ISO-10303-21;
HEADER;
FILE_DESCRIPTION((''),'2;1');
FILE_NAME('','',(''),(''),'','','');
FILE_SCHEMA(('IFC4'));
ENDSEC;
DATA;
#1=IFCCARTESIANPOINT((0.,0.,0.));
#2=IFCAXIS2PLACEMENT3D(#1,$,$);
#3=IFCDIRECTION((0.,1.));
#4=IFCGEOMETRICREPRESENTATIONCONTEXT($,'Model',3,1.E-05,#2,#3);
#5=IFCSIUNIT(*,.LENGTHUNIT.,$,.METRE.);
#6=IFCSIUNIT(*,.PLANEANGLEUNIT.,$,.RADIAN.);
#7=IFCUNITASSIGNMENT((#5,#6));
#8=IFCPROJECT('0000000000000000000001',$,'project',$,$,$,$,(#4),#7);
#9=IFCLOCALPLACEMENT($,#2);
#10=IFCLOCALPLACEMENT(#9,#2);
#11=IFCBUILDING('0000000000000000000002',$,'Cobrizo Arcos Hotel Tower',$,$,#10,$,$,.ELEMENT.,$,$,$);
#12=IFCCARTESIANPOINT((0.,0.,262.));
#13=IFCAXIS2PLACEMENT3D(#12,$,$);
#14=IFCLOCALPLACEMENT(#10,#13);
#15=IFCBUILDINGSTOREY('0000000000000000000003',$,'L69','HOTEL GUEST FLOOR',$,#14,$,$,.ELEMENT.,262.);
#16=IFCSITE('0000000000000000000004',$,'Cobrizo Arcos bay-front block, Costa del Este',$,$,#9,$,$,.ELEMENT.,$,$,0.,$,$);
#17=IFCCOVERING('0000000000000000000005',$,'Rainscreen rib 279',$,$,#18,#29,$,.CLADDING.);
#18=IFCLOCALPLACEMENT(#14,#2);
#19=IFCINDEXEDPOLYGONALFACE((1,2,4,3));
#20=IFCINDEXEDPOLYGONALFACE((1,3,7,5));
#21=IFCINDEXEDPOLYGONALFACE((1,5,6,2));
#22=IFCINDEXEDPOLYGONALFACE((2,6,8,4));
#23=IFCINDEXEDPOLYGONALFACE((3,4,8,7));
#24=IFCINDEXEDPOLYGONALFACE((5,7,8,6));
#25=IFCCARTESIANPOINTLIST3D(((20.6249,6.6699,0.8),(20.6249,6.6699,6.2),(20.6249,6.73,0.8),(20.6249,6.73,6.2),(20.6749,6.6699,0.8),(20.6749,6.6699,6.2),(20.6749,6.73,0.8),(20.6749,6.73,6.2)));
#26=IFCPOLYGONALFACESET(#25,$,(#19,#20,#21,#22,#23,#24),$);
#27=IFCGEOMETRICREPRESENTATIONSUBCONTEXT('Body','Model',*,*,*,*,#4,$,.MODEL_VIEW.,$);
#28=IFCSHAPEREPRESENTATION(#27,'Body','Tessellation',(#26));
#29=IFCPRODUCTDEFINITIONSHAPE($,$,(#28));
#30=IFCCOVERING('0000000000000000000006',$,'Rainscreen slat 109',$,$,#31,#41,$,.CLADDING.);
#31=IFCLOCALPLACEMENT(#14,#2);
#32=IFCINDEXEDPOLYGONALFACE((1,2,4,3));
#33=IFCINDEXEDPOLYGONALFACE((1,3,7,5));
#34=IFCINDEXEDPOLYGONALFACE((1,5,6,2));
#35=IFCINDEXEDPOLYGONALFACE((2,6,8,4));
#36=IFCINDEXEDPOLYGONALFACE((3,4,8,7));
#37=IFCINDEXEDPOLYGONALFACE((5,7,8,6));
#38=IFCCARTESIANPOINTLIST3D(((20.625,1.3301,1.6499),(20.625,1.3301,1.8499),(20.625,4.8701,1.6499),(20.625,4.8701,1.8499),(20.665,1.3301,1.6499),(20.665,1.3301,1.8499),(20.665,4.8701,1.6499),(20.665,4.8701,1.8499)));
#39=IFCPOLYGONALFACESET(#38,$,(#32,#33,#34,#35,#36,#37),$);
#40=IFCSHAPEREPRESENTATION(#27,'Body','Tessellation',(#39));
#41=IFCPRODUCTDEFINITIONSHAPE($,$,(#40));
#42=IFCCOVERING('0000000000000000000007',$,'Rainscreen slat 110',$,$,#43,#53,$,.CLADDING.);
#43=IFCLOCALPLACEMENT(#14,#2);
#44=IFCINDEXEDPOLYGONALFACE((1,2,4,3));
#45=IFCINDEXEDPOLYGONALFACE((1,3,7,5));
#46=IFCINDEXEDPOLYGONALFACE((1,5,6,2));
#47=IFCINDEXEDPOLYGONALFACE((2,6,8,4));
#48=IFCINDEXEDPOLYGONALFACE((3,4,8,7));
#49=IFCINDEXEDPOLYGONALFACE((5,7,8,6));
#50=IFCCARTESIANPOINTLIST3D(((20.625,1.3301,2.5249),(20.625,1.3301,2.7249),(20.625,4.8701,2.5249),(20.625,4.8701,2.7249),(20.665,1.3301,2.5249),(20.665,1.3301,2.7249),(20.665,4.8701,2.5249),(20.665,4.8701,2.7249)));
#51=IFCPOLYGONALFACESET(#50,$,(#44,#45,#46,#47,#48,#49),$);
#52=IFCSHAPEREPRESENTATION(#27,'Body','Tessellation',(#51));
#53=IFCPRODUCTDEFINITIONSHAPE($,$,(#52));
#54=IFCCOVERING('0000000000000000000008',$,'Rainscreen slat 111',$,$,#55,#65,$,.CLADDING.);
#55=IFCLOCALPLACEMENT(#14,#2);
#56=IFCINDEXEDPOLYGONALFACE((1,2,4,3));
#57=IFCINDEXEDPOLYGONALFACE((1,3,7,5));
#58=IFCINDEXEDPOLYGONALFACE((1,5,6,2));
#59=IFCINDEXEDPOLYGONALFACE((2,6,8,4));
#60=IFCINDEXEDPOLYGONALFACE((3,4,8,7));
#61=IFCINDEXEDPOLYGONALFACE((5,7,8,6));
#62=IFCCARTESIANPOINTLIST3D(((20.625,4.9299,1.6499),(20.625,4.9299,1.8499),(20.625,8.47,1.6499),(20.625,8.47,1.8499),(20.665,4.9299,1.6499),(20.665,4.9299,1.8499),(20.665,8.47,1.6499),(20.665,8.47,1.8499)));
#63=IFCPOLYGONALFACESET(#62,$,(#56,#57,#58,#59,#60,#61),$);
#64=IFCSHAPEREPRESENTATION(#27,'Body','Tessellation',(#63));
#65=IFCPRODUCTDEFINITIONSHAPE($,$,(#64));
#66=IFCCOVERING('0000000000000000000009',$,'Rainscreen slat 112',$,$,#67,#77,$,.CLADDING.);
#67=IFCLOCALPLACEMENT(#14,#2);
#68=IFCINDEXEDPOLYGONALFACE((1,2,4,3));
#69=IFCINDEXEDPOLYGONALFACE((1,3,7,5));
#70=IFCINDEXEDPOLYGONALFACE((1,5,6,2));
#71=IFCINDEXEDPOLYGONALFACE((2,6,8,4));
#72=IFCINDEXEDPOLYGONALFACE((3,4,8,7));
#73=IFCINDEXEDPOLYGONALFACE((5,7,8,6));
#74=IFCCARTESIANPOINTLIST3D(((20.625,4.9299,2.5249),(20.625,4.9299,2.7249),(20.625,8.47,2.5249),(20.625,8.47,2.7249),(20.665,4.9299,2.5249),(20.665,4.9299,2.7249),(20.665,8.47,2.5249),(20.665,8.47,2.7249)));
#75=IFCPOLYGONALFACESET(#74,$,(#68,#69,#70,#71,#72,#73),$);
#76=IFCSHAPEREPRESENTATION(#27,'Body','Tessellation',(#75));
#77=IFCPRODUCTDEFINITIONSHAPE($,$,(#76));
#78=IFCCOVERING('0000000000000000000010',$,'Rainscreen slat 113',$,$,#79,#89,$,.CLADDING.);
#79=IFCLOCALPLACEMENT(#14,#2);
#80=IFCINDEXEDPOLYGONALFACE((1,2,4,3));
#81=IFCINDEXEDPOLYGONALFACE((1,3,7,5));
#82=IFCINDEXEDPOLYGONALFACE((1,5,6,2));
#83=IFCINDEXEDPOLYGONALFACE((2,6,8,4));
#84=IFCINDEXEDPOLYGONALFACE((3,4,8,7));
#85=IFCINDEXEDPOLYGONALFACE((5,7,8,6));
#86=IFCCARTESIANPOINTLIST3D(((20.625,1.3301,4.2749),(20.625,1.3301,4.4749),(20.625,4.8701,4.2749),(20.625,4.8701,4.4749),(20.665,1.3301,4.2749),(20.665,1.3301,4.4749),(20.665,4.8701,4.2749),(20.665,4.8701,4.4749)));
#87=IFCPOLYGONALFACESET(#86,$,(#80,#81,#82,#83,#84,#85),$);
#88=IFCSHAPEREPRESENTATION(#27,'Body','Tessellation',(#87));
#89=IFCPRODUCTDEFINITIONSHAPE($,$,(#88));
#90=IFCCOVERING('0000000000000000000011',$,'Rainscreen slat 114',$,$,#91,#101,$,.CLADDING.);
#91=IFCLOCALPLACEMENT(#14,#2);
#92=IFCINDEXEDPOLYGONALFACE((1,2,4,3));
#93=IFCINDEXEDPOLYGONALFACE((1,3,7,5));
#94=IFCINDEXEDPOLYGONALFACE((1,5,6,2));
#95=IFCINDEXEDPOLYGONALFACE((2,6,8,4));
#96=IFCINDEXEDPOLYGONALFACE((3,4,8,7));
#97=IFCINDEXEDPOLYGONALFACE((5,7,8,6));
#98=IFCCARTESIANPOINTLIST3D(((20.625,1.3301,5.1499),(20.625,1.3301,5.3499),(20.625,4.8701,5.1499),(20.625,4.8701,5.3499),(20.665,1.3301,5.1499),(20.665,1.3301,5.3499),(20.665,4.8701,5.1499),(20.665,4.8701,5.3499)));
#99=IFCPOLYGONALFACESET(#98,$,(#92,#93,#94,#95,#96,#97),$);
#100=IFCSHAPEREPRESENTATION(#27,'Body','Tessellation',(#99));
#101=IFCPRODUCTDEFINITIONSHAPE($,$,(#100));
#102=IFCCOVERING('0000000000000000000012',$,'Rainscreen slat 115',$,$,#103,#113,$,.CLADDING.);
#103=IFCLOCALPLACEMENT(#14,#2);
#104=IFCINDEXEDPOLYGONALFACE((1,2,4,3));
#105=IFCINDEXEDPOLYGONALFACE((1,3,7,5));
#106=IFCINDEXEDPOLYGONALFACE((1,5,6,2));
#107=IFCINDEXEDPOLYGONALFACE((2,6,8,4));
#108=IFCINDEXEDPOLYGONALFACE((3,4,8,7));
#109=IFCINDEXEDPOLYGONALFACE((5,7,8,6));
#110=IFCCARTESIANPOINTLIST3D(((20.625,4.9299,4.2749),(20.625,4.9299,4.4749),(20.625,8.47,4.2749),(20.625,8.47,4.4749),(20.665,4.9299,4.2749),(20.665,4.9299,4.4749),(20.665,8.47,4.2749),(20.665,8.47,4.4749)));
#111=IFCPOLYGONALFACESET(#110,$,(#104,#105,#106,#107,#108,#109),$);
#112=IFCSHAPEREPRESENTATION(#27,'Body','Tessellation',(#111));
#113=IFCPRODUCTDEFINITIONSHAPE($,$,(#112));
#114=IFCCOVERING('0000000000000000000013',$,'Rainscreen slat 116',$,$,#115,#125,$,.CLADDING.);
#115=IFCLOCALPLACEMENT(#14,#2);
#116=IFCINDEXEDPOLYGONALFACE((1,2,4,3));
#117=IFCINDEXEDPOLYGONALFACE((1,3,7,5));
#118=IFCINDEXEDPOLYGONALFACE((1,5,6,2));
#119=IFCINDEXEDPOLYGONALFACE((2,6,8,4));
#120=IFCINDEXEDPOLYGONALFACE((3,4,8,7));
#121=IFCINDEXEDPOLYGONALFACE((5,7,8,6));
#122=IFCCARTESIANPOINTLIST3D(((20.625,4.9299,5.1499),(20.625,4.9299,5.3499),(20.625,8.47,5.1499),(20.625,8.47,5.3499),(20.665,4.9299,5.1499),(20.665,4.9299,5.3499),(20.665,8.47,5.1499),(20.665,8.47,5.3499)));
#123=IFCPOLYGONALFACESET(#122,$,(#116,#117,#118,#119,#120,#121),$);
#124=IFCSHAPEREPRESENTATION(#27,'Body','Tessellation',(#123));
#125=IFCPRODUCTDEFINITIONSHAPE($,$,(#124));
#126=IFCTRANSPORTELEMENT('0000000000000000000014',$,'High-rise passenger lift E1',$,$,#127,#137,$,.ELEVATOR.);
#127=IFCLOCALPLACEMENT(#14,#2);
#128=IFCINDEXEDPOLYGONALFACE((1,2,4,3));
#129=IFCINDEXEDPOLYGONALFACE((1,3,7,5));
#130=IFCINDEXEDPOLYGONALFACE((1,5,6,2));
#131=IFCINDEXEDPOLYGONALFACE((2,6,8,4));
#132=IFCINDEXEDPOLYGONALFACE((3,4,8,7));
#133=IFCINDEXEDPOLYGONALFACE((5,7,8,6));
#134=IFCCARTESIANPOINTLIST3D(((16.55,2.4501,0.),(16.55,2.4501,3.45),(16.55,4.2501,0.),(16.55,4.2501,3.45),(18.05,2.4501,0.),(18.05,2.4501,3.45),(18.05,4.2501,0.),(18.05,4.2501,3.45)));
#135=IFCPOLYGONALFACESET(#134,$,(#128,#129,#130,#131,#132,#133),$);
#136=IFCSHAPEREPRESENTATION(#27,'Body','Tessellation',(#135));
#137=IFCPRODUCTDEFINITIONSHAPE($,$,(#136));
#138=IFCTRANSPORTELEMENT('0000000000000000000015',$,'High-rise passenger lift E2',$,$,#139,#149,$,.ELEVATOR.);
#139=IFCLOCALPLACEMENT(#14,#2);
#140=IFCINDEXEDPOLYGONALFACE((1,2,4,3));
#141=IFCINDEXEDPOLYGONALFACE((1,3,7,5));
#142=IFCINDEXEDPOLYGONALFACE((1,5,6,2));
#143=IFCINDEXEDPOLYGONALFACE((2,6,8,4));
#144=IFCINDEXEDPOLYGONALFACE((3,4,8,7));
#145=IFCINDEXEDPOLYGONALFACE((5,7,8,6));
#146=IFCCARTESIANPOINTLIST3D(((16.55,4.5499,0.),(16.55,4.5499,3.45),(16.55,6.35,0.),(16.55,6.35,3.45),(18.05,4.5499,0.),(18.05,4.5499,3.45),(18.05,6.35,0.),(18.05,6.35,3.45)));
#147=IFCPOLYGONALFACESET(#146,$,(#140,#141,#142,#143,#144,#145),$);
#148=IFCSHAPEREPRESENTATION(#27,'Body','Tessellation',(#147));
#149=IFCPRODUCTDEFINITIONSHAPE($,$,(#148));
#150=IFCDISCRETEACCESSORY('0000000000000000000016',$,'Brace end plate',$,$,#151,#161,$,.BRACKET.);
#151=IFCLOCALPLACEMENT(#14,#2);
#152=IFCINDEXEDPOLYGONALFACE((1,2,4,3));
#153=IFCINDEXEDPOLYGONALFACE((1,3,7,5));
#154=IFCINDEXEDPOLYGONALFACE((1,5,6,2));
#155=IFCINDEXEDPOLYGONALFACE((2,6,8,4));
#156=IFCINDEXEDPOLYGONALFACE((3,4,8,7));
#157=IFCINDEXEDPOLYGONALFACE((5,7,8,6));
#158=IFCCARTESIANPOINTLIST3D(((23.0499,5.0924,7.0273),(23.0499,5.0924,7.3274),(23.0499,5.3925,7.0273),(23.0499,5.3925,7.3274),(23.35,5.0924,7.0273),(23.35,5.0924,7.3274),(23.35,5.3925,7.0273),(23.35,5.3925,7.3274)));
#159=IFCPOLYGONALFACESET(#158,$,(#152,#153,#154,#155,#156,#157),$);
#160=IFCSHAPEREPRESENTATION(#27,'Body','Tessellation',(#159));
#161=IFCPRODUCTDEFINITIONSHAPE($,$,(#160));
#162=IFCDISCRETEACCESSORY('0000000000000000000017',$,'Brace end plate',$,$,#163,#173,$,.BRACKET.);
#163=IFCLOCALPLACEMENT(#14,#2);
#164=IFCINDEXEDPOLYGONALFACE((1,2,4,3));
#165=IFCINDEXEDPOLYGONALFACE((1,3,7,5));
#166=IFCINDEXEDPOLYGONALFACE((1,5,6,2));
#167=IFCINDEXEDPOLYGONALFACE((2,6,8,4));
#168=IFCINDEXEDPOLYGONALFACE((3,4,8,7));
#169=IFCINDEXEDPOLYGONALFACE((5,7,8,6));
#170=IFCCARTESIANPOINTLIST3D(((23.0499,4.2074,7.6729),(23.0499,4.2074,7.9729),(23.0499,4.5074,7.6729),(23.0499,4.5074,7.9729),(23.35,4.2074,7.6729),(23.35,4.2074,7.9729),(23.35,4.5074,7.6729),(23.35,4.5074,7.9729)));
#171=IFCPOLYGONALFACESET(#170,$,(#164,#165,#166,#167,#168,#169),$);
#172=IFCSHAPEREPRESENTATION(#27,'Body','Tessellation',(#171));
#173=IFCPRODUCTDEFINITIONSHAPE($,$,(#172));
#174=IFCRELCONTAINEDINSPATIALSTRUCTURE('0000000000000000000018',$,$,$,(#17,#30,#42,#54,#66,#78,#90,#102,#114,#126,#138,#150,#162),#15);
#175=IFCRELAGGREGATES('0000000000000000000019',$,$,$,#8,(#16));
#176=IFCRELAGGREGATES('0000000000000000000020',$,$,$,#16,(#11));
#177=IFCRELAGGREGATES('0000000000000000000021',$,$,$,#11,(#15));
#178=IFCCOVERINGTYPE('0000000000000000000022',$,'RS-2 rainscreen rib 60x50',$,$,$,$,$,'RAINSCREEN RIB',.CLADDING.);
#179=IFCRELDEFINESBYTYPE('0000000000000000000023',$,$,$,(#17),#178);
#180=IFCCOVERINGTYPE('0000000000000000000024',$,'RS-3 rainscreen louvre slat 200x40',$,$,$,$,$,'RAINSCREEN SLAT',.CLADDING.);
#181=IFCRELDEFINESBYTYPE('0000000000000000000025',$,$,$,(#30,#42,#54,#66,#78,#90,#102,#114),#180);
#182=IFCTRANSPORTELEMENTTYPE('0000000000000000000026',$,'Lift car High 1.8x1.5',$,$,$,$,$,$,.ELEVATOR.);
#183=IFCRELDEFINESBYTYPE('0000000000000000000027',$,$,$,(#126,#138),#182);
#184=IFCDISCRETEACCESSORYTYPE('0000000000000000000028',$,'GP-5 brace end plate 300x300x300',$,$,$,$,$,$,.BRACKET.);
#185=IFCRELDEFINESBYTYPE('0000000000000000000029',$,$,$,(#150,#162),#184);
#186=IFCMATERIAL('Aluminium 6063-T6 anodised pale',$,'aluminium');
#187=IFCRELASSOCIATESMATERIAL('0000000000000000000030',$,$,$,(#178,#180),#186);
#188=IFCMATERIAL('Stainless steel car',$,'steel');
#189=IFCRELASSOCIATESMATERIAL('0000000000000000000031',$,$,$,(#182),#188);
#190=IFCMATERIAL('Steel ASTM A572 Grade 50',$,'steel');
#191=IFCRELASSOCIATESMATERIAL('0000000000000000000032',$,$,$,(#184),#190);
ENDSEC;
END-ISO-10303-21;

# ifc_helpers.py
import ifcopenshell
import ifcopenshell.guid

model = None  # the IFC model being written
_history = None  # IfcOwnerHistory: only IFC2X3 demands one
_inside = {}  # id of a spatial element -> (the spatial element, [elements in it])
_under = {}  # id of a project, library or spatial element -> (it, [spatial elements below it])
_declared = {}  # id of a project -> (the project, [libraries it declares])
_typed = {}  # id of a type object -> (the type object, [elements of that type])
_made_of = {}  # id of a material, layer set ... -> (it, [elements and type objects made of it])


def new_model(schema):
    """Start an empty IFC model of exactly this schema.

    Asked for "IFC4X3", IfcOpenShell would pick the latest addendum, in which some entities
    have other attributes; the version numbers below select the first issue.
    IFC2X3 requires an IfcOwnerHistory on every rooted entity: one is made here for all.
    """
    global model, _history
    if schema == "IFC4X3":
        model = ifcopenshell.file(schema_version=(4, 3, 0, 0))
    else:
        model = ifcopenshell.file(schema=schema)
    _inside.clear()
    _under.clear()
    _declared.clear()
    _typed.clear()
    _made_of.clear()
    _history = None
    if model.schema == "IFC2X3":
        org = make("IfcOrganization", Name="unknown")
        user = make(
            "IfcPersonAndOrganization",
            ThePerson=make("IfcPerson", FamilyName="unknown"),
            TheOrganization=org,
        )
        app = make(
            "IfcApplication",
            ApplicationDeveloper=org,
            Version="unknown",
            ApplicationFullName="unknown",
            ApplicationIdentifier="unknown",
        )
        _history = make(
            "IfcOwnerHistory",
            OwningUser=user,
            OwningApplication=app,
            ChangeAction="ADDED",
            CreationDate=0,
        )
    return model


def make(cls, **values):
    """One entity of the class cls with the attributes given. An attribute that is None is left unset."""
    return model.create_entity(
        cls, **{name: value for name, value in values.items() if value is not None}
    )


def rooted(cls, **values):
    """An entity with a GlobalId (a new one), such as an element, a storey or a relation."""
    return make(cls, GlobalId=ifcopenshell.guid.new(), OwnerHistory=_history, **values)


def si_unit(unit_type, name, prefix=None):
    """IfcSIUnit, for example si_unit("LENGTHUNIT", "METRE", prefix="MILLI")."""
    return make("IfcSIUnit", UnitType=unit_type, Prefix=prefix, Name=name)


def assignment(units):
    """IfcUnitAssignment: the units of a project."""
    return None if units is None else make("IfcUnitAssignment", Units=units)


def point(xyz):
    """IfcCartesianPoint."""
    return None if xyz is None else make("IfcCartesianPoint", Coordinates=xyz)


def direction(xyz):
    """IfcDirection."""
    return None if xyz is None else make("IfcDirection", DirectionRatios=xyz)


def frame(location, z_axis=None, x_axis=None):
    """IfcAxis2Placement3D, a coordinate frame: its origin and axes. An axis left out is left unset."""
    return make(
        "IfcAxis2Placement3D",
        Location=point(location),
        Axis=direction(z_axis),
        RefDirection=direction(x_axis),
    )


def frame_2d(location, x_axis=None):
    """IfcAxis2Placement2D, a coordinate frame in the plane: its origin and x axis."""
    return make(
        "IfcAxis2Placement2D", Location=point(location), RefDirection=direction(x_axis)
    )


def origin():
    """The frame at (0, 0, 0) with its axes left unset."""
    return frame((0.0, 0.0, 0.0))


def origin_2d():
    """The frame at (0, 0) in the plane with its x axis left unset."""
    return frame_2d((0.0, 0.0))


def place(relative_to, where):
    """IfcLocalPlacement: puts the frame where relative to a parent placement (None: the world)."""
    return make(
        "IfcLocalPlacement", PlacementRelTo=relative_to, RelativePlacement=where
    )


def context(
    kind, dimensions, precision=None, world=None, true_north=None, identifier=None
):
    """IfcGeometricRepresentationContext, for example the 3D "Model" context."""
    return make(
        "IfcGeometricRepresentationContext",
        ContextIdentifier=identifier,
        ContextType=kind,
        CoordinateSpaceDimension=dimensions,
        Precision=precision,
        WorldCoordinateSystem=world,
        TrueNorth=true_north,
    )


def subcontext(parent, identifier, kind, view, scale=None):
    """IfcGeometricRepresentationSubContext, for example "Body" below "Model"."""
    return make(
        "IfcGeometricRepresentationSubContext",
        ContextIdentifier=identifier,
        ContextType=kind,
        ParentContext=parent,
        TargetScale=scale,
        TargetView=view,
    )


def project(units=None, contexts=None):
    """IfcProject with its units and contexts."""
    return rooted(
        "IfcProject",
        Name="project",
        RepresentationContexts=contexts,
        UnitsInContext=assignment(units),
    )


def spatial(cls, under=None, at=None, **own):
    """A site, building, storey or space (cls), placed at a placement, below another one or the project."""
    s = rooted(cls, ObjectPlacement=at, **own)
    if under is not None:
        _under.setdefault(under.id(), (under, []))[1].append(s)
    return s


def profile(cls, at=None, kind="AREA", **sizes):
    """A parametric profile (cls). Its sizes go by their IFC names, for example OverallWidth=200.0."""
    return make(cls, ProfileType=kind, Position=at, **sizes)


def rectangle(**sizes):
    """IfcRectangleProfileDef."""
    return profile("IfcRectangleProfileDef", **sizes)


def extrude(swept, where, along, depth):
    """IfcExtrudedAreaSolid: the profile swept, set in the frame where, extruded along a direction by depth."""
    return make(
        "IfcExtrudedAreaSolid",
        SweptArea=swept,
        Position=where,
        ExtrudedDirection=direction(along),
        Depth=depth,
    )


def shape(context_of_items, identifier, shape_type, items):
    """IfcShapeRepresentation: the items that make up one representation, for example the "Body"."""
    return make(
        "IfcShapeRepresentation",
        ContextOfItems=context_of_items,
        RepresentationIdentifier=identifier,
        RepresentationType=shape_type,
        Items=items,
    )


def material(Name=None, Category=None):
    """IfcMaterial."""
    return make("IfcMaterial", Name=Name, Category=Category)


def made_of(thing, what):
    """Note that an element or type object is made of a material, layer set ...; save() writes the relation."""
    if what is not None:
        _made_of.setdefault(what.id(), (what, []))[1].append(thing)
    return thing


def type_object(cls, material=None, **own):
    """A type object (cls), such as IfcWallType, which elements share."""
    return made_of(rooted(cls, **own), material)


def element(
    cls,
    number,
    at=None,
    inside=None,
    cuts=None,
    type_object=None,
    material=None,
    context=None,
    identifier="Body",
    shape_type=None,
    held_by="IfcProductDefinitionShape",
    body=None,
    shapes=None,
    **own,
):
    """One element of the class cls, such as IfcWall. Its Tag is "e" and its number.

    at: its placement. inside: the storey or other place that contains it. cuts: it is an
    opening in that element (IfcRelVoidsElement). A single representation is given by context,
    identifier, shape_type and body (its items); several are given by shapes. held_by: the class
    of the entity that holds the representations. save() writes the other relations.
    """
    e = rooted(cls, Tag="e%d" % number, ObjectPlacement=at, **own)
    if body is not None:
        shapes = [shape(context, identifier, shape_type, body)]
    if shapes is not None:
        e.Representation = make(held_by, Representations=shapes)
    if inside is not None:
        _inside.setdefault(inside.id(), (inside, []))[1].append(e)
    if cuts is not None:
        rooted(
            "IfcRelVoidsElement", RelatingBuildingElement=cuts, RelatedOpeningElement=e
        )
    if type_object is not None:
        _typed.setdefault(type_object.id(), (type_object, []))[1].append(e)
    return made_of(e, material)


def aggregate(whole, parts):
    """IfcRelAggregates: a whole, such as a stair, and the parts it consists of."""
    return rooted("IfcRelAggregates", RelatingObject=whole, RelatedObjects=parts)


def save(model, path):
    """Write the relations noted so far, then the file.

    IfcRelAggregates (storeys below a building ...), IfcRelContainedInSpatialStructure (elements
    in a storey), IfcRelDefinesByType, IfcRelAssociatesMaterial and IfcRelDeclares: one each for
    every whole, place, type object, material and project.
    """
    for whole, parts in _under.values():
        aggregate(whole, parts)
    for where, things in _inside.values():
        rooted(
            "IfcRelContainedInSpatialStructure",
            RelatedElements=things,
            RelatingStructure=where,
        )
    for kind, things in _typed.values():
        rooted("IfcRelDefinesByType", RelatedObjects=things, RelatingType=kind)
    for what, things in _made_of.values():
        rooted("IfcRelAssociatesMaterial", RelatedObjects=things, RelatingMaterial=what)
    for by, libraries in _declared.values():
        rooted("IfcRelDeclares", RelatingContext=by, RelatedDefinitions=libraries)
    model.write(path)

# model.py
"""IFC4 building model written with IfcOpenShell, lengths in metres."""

from ifc_helpers import new_model, si_unit, direction, frame, origin, origin_2d, place, context, subcontext, project, spatial, rectangle, extrude, material, type_object, element, save


model = new_model("IFC4")

# Units and contexts
model_context = context("Model", 3, precision=1e-05, world=origin(), true_north=direction((0.0, 1.0)))
body_context = subcontext(model_context, "Body", "Model", "MODEL_VIEW")
ifc_project = project(units=[si_unit("LENGTHUNIT", "METRE"), si_unit("PLANEANGLEUNIT", "RADIAN")], contexts=[model_context])

# Site, building, storey
site_placement = place(None, origin())
site = spatial("IfcSite", under=ifc_project, at=site_placement, Name="Cobrizo Arcos bay-front block, Costa del Este", CompositionType="ELEMENT", RefElevation=0.0)
building_placement = place(site_placement, origin())
building = spatial("IfcBuilding", under=site, at=building_placement, Name="Cobrizo Arcos Hotel Tower", CompositionType="ELEMENT")
storey_placement = place(building_placement, frame((0.0, 0.0, 262.0)))
storey = spatial("IfcBuildingStorey", under=building, at=storey_placement, Name="L69", Description="HOTEL GUEST FLOOR", CompositionType="ELEMENT", Elevation=262.0)

# Shared definitions
ifc_material_1 = material(Name="Steel ASTM A572 Grade 50", Category="steel")

# Coverings
ifc_material_2 = material(Name="Aluminium 6063-T6 anodised pale", Category="aluminium")
covering_type_1 = type_object("IfcCoveringType", Name="RS-2 rainscreen rib 60x50", ElementType="RAINSCREEN RIB", PredefinedType="CLADDING", material=ifc_material_2)
for number, where, z_axis, x_axis, name in (
    (1, (20.6499, 6.7, 0.8), (0.0, 0.0, 1.0), (0.0, 1.0, 0.0), "Rainscreen rib 279"),
):
    element("IfcCovering", number, at=place(storey_placement, frame(where, z_axis=z_axis, x_axis=x_axis)), inside=storey, type_object=covering_type_1, Name=name, PredefinedType="CLADDING", context=body_context, shape_type="SweptSolid", body=[
        extrude(rectangle(XDim=0.0601, YDim=0.05, at=origin_2d()), origin(), (0.0, 0.0, 1.0), 5.3999),
    ])
covering_type_2 = type_object("IfcCoveringType", Name="RS-3 rainscreen louvre slat 200x40", ElementType="RAINSCREEN SLAT", PredefinedType="CLADDING", material=ifc_material_2)
for number, where, z_axis, x_axis, name in (
    (2, (20.645, 3.1001, 1.6499), (0.0, 0.0, 1.0), (0.0, 1.0, 0.0), "Rainscreen slat 109"),
    (3, (20.645, 3.1001, 2.5249), (0.0, 0.0, 1.0), (0.0, 1.0, 0.0), "Rainscreen slat 110"),
    (4, (20.645, 6.7, 1.6499), (0.0, 0.0, 1.0), (0.0, 1.0, 0.0), "Rainscreen slat 111"),
    (5, (20.645, 6.7, 2.5249), (0.0, 0.0, 1.0), (0.0, 1.0, 0.0), "Rainscreen slat 112"),
    (6, (20.645, 3.1001, 4.2749), (0.0, 0.0, 1.0), (0.0, 1.0, 0.0), "Rainscreen slat 113"),
    (7, (20.645, 3.1001, 5.1499), (0.0, 0.0, 1.0), (0.0, 1.0, 0.0), "Rainscreen slat 114"),
    (8, (20.645, 6.7, 4.2749), (0.0, 0.0, 1.0), (0.0, 1.0, 0.0), "Rainscreen slat 115"),
    (9, (20.645, 6.7, 5.1499), (0.0, 0.0, 1.0), (0.0, 1.0, 0.0), "Rainscreen slat 116"),
):
    element("IfcCovering", number, at=place(storey_placement, frame(where, z_axis=z_axis, x_axis=x_axis)), inside=storey, type_object=covering_type_2, Name=name, PredefinedType="CLADDING", context=body_context, shape_type="SweptSolid", body=[
        extrude(rectangle(XDim=3.54, YDim=0.04, at=origin_2d()), origin(), (0.0, 0.0, 1.0), 0.2),
    ])

# Transport elements
ifc_material_3 = material(Name="Stainless steel car", Category="steel")
transport_element_type = type_object("IfcTransportElementType", Name="Lift car High 1.8x1.5", PredefinedType="ELEVATOR", material=ifc_material_3)
for number, where, z_axis, x_axis, name in (
    (10, (17.3, 3.3501, 0.0), (0.0, 0.0, 1.0), (1.0, 0.0, 0.0), "High-rise passenger lift E1"),
    (11, (17.3, 5.45, 0.0), (0.0, 0.0, 1.0), (1.0, 0.0, 0.0), "High-rise passenger lift E2"),
):
    element("IfcTransportElement", number, at=place(storey_placement, frame(where, z_axis=z_axis, x_axis=x_axis)), inside=storey, type_object=transport_element_type, Name=name, PredefinedType="ELEVATOR", context=body_context, shape_type="SweptSolid", body=[
        extrude(rectangle(XDim=1.5, YDim=1.8, at=origin_2d()), origin(), (0.0, 0.0, 1.0), 3.45),
    ])

# Discrete accessories
discrete_accessory_type = type_object("IfcDiscreteAccessoryType", Name="GP-5 brace end plate 300x300x300", PredefinedType="BRACKET", material=ifc_material_1)
for number, where, z_axis, x_axis, name in (
    (12, (23.2, 5.2424, 7.0273), (0.0, 0.0, 1.0), (1.0, 0.0, 0.0), "Brace end plate"),
    (13, (23.2, 4.3574, 7.6729), (0.0, 0.0, 1.0), (1.0, 0.0, 0.0), "Brace end plate"),
):
    element("IfcDiscreteAccessory", number, at=place(storey_placement, frame(where, z_axis=z_axis, x_axis=x_axis)), inside=storey, type_object=discrete_accessory_type, Name=name, PredefinedType="BRACKET", context=body_context, shape_type="SweptSolid", body=[
        extrude(rectangle(XDim=0.3, YDim=0.3, at=origin_2d()), origin(), (0.0, 0.0, 1.0), 0.3),
    ])

save(model, "model.ifc")
